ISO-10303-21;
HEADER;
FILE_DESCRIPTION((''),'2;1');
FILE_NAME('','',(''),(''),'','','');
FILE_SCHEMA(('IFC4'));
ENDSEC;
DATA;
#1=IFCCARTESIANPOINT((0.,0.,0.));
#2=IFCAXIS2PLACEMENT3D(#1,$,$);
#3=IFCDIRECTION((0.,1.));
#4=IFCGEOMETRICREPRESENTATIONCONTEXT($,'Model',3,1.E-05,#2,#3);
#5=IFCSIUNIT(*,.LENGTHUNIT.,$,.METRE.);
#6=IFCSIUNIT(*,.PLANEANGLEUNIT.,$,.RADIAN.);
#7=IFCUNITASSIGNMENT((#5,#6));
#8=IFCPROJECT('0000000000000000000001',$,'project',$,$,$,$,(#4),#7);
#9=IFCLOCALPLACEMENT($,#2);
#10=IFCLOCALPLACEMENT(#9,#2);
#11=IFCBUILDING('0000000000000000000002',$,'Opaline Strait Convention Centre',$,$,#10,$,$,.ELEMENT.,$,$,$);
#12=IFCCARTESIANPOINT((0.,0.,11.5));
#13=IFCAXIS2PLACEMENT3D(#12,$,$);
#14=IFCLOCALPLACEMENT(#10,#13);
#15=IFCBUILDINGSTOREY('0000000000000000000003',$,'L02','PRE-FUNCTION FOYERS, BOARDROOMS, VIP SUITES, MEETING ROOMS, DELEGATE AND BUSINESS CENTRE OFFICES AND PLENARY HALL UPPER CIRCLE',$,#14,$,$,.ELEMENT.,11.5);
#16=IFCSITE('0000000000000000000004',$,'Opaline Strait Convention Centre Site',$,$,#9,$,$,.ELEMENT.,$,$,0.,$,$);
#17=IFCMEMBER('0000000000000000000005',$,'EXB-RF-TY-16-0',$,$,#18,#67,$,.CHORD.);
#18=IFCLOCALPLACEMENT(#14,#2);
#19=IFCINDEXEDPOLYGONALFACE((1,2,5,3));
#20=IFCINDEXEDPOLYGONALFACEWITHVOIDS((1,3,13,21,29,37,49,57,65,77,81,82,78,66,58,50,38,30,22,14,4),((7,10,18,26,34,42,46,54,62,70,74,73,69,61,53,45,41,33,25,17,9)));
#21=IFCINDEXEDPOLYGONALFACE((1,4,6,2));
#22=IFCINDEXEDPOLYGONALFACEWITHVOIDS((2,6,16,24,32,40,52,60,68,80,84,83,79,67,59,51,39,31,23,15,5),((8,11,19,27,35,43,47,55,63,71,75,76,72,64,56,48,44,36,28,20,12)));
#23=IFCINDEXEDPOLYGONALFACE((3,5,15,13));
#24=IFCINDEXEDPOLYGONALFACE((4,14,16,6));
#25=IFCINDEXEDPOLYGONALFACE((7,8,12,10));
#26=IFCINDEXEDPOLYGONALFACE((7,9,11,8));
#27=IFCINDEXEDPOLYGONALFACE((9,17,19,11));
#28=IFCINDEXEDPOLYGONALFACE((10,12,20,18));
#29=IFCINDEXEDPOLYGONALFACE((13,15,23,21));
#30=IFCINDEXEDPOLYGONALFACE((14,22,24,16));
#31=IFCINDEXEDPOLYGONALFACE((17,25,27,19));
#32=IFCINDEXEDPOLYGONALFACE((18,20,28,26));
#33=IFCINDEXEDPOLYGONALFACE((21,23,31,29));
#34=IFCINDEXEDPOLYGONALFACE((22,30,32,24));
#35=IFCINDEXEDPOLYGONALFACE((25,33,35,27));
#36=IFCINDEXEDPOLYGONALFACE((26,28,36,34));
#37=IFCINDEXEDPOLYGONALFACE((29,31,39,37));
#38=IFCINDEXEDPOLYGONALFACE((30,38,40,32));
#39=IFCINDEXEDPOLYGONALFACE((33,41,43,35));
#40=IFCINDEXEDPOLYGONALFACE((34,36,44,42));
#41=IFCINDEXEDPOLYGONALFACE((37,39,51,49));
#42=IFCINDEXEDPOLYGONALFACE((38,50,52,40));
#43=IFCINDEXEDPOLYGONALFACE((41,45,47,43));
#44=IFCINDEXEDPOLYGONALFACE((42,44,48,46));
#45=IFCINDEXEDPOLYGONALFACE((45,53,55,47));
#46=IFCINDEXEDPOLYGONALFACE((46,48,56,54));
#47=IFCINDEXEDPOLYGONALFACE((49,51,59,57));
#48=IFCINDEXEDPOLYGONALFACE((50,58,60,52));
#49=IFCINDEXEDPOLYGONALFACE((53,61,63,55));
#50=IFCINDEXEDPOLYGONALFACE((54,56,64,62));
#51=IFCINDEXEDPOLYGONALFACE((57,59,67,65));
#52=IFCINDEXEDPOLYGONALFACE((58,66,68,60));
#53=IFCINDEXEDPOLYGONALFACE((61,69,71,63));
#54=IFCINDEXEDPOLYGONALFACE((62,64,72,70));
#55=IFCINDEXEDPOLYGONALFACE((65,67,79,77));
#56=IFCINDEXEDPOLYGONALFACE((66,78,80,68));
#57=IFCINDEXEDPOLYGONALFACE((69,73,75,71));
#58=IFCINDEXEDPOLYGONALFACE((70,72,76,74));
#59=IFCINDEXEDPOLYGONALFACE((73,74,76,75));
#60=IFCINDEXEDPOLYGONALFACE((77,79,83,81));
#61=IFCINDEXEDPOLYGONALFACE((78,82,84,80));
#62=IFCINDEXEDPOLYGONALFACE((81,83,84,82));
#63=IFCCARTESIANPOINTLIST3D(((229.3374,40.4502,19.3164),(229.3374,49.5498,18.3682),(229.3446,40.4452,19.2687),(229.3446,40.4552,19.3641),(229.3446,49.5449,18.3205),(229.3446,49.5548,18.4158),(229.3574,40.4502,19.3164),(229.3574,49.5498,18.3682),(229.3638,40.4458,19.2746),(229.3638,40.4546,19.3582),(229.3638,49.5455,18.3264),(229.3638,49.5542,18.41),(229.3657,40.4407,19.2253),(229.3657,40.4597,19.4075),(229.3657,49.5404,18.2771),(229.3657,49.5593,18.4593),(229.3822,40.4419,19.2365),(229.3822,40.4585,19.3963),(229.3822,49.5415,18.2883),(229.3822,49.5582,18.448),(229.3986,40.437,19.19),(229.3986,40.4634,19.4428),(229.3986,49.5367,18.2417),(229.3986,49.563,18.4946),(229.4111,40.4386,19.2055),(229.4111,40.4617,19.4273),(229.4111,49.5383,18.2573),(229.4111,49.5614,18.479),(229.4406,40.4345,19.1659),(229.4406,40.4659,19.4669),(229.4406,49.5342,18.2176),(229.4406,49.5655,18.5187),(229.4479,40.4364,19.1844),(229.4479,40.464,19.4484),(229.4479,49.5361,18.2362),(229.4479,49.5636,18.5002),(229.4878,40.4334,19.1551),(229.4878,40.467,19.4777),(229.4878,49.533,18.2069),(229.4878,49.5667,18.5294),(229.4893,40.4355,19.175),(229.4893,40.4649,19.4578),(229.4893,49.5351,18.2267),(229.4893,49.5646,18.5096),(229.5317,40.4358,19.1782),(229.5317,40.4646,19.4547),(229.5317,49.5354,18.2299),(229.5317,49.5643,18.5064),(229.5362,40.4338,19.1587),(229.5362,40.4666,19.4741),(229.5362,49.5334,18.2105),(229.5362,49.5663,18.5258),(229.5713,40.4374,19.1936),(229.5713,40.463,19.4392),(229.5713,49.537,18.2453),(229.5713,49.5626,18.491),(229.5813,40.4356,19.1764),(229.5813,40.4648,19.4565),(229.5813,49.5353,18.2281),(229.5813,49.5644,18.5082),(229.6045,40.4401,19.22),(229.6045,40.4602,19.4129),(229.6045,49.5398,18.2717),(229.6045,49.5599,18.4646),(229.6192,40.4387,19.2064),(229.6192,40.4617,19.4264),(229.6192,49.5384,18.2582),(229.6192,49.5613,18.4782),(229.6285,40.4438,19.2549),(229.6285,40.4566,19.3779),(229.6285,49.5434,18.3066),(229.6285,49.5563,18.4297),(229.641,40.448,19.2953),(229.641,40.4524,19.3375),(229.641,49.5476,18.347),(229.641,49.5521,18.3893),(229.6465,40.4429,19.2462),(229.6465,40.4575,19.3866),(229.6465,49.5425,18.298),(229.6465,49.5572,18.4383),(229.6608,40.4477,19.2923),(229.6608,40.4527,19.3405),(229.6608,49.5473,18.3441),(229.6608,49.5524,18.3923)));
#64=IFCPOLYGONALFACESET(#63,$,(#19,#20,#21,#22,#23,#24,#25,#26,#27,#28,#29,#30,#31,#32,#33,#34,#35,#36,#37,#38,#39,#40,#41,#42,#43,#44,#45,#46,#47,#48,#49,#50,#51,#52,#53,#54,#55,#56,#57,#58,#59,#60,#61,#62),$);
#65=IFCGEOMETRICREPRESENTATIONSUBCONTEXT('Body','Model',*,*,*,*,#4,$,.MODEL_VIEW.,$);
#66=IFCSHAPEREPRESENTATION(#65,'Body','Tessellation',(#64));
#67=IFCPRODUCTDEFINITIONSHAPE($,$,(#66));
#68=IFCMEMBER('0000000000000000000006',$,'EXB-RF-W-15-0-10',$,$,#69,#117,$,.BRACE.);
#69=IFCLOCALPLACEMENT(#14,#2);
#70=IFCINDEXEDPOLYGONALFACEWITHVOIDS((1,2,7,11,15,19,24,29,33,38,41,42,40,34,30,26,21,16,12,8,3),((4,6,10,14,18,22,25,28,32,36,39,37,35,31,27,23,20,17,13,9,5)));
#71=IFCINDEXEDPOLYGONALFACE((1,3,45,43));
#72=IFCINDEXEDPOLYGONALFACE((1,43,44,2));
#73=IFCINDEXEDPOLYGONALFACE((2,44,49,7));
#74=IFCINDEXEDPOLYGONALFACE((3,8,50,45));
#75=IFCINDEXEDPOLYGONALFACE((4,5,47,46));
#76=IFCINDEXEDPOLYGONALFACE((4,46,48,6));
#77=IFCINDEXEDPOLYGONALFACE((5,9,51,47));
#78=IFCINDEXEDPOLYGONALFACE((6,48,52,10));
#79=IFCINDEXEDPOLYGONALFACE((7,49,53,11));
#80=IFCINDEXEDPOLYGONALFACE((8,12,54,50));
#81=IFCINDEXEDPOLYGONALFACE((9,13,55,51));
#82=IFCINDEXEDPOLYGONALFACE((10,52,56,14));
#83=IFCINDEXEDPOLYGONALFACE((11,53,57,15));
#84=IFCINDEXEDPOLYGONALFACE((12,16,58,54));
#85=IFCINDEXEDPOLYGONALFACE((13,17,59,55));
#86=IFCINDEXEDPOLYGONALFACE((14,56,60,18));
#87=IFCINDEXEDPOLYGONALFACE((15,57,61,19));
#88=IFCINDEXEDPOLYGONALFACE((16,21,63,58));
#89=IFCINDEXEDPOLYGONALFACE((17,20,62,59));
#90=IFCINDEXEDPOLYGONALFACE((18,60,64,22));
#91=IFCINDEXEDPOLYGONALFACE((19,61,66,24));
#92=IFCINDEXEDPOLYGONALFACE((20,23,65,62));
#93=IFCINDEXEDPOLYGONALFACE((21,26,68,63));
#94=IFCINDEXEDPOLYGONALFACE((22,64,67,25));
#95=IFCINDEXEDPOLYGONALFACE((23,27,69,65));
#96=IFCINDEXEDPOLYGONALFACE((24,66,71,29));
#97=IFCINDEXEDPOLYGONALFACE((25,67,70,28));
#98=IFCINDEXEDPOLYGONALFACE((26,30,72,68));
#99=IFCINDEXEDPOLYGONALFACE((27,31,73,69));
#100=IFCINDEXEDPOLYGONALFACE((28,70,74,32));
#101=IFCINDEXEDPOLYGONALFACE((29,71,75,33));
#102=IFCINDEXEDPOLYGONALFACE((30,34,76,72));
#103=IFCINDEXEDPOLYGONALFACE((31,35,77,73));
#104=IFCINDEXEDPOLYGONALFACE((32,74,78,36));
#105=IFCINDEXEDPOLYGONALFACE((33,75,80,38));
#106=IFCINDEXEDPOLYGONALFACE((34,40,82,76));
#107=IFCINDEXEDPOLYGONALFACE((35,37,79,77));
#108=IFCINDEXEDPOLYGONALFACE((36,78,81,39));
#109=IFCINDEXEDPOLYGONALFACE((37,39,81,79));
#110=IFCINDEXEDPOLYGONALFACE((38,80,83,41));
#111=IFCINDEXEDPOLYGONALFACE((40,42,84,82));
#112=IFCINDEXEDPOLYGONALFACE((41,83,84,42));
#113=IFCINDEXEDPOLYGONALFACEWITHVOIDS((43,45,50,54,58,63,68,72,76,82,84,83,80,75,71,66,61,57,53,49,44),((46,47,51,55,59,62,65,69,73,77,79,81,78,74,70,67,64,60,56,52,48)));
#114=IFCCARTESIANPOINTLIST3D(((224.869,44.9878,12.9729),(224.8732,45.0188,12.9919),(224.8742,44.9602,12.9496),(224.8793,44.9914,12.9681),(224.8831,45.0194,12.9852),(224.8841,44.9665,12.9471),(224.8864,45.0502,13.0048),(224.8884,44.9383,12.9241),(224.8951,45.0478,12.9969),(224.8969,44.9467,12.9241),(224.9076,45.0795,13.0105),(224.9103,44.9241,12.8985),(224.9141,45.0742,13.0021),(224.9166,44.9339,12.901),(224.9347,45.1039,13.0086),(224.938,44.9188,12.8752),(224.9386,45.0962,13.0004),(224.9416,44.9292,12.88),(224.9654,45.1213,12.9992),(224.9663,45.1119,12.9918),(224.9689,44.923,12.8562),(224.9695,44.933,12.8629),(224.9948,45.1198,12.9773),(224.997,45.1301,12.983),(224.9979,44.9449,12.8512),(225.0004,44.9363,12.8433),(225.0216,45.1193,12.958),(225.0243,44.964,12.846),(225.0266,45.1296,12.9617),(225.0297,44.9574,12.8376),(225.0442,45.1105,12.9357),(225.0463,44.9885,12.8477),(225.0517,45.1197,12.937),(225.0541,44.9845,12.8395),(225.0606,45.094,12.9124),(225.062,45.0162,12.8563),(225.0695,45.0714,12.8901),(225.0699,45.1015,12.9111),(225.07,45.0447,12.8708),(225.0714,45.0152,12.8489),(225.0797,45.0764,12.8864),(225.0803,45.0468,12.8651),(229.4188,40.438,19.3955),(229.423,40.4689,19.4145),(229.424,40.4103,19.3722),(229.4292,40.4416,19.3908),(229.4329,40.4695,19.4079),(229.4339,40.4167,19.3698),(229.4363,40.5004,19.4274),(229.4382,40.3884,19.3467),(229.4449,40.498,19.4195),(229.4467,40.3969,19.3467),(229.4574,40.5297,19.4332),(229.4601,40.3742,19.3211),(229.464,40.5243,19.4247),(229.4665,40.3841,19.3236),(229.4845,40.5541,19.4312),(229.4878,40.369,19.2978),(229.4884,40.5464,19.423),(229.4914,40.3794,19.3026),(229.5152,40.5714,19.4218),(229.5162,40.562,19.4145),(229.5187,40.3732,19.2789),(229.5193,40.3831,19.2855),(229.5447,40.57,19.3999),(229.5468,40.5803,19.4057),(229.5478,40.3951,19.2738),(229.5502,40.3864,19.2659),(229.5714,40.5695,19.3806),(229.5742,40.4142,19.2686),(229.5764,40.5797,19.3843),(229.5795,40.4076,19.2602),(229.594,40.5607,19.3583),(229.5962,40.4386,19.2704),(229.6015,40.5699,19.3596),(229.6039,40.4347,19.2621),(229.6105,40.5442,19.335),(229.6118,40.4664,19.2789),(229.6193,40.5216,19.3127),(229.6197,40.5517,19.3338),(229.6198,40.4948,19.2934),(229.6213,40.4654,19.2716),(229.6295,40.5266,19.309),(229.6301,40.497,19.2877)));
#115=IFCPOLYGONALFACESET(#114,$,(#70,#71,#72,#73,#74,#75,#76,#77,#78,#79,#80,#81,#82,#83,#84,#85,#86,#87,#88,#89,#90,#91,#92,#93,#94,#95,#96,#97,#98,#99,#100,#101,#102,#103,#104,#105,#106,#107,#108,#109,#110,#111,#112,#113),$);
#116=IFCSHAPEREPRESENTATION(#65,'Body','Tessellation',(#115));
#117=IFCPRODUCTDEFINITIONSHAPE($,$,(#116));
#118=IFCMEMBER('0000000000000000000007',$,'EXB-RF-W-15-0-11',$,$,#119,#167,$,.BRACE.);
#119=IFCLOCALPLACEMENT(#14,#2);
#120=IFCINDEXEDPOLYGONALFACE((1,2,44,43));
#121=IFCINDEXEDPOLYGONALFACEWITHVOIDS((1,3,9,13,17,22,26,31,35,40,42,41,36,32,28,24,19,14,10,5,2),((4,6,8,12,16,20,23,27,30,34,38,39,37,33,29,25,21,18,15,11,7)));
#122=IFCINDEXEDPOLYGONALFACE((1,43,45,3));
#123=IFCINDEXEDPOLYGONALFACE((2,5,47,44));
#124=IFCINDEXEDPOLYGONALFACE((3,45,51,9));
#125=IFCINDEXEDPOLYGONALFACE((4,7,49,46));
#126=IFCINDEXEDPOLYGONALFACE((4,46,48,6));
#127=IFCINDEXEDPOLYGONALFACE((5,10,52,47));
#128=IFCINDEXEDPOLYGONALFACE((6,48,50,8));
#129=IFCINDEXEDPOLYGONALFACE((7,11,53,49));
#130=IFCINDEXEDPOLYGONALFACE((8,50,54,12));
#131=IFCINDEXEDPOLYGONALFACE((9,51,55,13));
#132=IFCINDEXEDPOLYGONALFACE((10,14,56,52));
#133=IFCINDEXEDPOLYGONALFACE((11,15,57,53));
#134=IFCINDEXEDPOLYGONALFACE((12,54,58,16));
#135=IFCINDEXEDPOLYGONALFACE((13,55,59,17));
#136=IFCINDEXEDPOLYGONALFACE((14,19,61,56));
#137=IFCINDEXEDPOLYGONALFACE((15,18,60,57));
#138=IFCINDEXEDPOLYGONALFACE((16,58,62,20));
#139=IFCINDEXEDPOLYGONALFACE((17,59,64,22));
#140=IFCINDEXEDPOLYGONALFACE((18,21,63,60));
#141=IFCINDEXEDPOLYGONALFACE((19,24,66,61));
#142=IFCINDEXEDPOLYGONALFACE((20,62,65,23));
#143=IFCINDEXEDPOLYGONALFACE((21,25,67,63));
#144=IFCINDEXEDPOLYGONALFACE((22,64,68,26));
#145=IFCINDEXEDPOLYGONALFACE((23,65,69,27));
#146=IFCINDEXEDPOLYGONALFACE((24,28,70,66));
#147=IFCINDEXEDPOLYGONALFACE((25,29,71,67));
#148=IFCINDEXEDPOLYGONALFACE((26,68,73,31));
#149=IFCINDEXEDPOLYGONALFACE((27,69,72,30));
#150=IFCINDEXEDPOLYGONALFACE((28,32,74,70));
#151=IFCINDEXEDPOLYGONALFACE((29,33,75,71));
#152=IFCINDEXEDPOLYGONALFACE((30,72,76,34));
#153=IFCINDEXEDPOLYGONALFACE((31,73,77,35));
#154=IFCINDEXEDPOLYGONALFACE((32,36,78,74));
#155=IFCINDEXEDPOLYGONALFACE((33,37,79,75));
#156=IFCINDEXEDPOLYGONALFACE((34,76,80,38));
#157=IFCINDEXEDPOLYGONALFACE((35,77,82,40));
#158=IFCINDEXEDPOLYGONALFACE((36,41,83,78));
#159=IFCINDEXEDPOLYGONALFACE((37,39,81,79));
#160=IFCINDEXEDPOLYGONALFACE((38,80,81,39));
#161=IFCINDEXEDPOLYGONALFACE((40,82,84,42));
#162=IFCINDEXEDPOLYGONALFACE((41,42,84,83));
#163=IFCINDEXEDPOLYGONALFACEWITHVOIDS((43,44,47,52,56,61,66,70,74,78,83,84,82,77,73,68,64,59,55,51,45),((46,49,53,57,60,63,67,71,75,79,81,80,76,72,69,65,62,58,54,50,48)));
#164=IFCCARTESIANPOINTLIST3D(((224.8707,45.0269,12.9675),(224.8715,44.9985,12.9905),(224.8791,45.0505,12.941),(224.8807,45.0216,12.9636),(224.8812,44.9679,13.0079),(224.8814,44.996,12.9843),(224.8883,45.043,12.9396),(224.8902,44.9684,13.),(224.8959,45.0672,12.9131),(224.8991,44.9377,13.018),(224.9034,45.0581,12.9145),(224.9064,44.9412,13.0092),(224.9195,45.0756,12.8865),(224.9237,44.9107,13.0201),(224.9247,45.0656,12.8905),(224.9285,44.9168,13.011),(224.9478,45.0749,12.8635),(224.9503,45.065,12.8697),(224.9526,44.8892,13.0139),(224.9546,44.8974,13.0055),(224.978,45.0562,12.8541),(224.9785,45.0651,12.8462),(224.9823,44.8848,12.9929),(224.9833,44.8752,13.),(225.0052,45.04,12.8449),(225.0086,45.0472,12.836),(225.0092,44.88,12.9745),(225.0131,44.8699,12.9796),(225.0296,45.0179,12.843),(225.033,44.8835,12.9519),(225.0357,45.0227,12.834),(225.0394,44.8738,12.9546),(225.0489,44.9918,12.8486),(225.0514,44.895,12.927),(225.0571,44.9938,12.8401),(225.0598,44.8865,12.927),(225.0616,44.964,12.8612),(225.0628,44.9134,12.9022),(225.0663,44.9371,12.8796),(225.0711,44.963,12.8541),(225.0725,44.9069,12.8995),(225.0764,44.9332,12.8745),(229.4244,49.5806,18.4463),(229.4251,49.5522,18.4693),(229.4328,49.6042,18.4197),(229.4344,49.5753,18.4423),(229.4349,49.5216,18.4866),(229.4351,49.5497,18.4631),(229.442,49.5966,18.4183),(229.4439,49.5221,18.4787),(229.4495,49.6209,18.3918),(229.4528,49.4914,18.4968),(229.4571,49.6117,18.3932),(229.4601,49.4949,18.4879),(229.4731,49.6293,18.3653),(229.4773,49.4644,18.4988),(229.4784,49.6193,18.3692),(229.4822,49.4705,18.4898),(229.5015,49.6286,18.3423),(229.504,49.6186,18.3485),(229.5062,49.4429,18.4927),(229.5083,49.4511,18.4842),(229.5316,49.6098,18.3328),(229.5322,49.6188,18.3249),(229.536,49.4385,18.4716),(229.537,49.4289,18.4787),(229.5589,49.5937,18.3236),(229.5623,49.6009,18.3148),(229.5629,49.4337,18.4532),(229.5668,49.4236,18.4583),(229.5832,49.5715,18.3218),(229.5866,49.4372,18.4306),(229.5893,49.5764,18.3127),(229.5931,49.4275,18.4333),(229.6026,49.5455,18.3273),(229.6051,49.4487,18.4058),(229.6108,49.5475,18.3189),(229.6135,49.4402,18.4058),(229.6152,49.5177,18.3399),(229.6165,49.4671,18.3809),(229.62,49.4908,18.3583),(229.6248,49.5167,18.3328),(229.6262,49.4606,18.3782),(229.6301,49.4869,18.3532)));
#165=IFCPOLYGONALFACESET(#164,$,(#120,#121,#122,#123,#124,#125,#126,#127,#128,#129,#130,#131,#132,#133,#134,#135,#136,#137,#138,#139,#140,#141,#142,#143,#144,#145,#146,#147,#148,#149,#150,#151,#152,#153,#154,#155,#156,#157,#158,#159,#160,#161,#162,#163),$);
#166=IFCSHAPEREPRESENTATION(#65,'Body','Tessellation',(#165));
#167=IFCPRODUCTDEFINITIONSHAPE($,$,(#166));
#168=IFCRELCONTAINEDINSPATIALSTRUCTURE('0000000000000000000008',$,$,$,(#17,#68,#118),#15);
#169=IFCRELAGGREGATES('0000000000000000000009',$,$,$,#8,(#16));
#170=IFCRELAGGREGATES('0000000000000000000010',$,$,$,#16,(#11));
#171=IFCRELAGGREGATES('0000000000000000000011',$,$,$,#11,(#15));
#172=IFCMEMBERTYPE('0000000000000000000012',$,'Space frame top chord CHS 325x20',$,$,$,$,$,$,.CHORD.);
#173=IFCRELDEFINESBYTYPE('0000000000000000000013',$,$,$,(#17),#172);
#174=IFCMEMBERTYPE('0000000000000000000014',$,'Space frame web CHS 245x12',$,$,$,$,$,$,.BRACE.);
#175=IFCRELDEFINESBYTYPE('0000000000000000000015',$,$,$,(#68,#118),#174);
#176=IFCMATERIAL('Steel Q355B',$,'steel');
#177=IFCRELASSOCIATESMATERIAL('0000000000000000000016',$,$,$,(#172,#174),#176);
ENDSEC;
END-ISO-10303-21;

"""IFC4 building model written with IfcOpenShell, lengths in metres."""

from ifc_helpers import new_model, si_unit, direction, frame, origin, origin_2d, place, context, subcontext, project, spatial, hollow_circle, extrude, material, material_profile, profile_set, type_object, element, save


model = new_model("IFC4")

# Units and contexts
model_context = context("Model", 3, precision=1e-05, world=origin(), true_north=direction((0.0, 1.0)))
body_context = subcontext(model_context, "Body", "Model", "MODEL_VIEW")
ifc_project = project(units=[si_unit("LENGTHUNIT", "METRE"), si_unit("PLANEANGLEUNIT", "RADIAN")], contexts=[model_context])

# Site, building, storey
site_placement = place(None, origin())
site = spatial("IfcSite", under=ifc_project, at=site_placement, Name="Opaline Strait Convention Centre Site", CompositionType="ELEMENT", RefElevation=0.0)
building_placement = place(site_placement, origin())
building = spatial("IfcBuilding", under=site, at=building_placement, Name="Opaline Strait Convention Centre", CompositionType="ELEMENT")
storey_placement = place(building_placement, frame((0.0, 0.0, 11.5)))
storey = spatial("IfcBuildingStorey", under=building, at=storey_placement, Name="L02", Description="PRE-FUNCTION FOYERS, BOARDROOMS, VIP SUITES, MEETING ROOMS, DELEGATE AND BUSINESS CENTRE OFFICES AND PLENARY HALL UPPER CIRCLE", CompositionType="ELEMENT", Elevation=11.5)

# Members
ifc_material_1 = material(Name="Steel Q355B", Category="steel")
ifc_material_profile_1 = material_profile(ifc_material_1, hollow_circle(Radius=0.1626, WallThickness=0.02, at=origin_2d()), Name="CHS 325x20")
ifc_profile_set_1 = profile_set([ifc_material_profile_1], Name="Steel Q355B")
member_type_1 = type_object("IfcMemberType", Name="Space frame top chord CHS 325x20", PredefinedType="CHORD", material=ifc_profile_set_1)
member_1_placement = place(storey_placement, frame((229.5, 40.4502, 19.3164), z_axis=(0.0, 0.994614, -0.103646), x_axis=(-1.0, 0.0, 0.0)))
element("IfcMember", 1, at=member_1_placement, inside=storey, type_object=member_type_1, Name="EXB-RF-TY-16-0", PredefinedType="CHORD", context=body_context, shape_type="SweptSolid", body=[
    extrude(hollow_circle(Radius=0.1626, WallThickness=0.02, at=origin_2d()), origin(), (0.0, 0.0, 1.0), 9.1489),
])
ifc_material_profile_2 = material_profile(ifc_material_1, hollow_circle(Radius=0.1226, WallThickness=0.012, at=origin_2d()), Name="CHS 245x12")
ifc_profile_set_2 = profile_set([ifc_material_profile_2], Name="Steel Q355B")
member_type_2 = type_object("IfcMemberType", Name="Space frame web CHS 245x12", PredefinedType="BRACE", material=ifc_profile_set_2)
member_2_placement = place(storey_placement, frame((229.5249, 40.4751, 19.3467), z_axis=(-0.500458, 0.500458, -0.706458), x_axis=(-0.707107, -0.707107, 0.0)))
element("IfcMember", 2, at=member_2_placement, inside=storey, type_object=member_type_2, Name="EXB-RF-W-15-0-10", PredefinedType="BRACE", context=body_context, shape_type="SweptSolid", body=[
    extrude(hollow_circle(Radius=0.1226, WallThickness=0.012, at=origin_2d()), origin(), (0.0, 0.0, 1.0), 9.0913),
])
member_3_placement = place(storey_placement, frame((229.5269, 49.5269, 18.4058), z_axis=(-0.538573, -0.538573, -0.64798), x_axis=(0.707107, -0.707107, 0.0)))
element("IfcMember", 3, at=member_3_placement, inside=storey, type_object=member_type_2, Name="EXB-RF-W-15-0-11", PredefinedType="BRACE", context=body_context, shape_type="SweptSolid", body=[
    extrude(hollow_circle(Radius=0.1226, WallThickness=0.012, at=origin_2d()), origin(), (0.0, 0.0, 1.0), 8.4551),
])

save(model, "model.ifc")
